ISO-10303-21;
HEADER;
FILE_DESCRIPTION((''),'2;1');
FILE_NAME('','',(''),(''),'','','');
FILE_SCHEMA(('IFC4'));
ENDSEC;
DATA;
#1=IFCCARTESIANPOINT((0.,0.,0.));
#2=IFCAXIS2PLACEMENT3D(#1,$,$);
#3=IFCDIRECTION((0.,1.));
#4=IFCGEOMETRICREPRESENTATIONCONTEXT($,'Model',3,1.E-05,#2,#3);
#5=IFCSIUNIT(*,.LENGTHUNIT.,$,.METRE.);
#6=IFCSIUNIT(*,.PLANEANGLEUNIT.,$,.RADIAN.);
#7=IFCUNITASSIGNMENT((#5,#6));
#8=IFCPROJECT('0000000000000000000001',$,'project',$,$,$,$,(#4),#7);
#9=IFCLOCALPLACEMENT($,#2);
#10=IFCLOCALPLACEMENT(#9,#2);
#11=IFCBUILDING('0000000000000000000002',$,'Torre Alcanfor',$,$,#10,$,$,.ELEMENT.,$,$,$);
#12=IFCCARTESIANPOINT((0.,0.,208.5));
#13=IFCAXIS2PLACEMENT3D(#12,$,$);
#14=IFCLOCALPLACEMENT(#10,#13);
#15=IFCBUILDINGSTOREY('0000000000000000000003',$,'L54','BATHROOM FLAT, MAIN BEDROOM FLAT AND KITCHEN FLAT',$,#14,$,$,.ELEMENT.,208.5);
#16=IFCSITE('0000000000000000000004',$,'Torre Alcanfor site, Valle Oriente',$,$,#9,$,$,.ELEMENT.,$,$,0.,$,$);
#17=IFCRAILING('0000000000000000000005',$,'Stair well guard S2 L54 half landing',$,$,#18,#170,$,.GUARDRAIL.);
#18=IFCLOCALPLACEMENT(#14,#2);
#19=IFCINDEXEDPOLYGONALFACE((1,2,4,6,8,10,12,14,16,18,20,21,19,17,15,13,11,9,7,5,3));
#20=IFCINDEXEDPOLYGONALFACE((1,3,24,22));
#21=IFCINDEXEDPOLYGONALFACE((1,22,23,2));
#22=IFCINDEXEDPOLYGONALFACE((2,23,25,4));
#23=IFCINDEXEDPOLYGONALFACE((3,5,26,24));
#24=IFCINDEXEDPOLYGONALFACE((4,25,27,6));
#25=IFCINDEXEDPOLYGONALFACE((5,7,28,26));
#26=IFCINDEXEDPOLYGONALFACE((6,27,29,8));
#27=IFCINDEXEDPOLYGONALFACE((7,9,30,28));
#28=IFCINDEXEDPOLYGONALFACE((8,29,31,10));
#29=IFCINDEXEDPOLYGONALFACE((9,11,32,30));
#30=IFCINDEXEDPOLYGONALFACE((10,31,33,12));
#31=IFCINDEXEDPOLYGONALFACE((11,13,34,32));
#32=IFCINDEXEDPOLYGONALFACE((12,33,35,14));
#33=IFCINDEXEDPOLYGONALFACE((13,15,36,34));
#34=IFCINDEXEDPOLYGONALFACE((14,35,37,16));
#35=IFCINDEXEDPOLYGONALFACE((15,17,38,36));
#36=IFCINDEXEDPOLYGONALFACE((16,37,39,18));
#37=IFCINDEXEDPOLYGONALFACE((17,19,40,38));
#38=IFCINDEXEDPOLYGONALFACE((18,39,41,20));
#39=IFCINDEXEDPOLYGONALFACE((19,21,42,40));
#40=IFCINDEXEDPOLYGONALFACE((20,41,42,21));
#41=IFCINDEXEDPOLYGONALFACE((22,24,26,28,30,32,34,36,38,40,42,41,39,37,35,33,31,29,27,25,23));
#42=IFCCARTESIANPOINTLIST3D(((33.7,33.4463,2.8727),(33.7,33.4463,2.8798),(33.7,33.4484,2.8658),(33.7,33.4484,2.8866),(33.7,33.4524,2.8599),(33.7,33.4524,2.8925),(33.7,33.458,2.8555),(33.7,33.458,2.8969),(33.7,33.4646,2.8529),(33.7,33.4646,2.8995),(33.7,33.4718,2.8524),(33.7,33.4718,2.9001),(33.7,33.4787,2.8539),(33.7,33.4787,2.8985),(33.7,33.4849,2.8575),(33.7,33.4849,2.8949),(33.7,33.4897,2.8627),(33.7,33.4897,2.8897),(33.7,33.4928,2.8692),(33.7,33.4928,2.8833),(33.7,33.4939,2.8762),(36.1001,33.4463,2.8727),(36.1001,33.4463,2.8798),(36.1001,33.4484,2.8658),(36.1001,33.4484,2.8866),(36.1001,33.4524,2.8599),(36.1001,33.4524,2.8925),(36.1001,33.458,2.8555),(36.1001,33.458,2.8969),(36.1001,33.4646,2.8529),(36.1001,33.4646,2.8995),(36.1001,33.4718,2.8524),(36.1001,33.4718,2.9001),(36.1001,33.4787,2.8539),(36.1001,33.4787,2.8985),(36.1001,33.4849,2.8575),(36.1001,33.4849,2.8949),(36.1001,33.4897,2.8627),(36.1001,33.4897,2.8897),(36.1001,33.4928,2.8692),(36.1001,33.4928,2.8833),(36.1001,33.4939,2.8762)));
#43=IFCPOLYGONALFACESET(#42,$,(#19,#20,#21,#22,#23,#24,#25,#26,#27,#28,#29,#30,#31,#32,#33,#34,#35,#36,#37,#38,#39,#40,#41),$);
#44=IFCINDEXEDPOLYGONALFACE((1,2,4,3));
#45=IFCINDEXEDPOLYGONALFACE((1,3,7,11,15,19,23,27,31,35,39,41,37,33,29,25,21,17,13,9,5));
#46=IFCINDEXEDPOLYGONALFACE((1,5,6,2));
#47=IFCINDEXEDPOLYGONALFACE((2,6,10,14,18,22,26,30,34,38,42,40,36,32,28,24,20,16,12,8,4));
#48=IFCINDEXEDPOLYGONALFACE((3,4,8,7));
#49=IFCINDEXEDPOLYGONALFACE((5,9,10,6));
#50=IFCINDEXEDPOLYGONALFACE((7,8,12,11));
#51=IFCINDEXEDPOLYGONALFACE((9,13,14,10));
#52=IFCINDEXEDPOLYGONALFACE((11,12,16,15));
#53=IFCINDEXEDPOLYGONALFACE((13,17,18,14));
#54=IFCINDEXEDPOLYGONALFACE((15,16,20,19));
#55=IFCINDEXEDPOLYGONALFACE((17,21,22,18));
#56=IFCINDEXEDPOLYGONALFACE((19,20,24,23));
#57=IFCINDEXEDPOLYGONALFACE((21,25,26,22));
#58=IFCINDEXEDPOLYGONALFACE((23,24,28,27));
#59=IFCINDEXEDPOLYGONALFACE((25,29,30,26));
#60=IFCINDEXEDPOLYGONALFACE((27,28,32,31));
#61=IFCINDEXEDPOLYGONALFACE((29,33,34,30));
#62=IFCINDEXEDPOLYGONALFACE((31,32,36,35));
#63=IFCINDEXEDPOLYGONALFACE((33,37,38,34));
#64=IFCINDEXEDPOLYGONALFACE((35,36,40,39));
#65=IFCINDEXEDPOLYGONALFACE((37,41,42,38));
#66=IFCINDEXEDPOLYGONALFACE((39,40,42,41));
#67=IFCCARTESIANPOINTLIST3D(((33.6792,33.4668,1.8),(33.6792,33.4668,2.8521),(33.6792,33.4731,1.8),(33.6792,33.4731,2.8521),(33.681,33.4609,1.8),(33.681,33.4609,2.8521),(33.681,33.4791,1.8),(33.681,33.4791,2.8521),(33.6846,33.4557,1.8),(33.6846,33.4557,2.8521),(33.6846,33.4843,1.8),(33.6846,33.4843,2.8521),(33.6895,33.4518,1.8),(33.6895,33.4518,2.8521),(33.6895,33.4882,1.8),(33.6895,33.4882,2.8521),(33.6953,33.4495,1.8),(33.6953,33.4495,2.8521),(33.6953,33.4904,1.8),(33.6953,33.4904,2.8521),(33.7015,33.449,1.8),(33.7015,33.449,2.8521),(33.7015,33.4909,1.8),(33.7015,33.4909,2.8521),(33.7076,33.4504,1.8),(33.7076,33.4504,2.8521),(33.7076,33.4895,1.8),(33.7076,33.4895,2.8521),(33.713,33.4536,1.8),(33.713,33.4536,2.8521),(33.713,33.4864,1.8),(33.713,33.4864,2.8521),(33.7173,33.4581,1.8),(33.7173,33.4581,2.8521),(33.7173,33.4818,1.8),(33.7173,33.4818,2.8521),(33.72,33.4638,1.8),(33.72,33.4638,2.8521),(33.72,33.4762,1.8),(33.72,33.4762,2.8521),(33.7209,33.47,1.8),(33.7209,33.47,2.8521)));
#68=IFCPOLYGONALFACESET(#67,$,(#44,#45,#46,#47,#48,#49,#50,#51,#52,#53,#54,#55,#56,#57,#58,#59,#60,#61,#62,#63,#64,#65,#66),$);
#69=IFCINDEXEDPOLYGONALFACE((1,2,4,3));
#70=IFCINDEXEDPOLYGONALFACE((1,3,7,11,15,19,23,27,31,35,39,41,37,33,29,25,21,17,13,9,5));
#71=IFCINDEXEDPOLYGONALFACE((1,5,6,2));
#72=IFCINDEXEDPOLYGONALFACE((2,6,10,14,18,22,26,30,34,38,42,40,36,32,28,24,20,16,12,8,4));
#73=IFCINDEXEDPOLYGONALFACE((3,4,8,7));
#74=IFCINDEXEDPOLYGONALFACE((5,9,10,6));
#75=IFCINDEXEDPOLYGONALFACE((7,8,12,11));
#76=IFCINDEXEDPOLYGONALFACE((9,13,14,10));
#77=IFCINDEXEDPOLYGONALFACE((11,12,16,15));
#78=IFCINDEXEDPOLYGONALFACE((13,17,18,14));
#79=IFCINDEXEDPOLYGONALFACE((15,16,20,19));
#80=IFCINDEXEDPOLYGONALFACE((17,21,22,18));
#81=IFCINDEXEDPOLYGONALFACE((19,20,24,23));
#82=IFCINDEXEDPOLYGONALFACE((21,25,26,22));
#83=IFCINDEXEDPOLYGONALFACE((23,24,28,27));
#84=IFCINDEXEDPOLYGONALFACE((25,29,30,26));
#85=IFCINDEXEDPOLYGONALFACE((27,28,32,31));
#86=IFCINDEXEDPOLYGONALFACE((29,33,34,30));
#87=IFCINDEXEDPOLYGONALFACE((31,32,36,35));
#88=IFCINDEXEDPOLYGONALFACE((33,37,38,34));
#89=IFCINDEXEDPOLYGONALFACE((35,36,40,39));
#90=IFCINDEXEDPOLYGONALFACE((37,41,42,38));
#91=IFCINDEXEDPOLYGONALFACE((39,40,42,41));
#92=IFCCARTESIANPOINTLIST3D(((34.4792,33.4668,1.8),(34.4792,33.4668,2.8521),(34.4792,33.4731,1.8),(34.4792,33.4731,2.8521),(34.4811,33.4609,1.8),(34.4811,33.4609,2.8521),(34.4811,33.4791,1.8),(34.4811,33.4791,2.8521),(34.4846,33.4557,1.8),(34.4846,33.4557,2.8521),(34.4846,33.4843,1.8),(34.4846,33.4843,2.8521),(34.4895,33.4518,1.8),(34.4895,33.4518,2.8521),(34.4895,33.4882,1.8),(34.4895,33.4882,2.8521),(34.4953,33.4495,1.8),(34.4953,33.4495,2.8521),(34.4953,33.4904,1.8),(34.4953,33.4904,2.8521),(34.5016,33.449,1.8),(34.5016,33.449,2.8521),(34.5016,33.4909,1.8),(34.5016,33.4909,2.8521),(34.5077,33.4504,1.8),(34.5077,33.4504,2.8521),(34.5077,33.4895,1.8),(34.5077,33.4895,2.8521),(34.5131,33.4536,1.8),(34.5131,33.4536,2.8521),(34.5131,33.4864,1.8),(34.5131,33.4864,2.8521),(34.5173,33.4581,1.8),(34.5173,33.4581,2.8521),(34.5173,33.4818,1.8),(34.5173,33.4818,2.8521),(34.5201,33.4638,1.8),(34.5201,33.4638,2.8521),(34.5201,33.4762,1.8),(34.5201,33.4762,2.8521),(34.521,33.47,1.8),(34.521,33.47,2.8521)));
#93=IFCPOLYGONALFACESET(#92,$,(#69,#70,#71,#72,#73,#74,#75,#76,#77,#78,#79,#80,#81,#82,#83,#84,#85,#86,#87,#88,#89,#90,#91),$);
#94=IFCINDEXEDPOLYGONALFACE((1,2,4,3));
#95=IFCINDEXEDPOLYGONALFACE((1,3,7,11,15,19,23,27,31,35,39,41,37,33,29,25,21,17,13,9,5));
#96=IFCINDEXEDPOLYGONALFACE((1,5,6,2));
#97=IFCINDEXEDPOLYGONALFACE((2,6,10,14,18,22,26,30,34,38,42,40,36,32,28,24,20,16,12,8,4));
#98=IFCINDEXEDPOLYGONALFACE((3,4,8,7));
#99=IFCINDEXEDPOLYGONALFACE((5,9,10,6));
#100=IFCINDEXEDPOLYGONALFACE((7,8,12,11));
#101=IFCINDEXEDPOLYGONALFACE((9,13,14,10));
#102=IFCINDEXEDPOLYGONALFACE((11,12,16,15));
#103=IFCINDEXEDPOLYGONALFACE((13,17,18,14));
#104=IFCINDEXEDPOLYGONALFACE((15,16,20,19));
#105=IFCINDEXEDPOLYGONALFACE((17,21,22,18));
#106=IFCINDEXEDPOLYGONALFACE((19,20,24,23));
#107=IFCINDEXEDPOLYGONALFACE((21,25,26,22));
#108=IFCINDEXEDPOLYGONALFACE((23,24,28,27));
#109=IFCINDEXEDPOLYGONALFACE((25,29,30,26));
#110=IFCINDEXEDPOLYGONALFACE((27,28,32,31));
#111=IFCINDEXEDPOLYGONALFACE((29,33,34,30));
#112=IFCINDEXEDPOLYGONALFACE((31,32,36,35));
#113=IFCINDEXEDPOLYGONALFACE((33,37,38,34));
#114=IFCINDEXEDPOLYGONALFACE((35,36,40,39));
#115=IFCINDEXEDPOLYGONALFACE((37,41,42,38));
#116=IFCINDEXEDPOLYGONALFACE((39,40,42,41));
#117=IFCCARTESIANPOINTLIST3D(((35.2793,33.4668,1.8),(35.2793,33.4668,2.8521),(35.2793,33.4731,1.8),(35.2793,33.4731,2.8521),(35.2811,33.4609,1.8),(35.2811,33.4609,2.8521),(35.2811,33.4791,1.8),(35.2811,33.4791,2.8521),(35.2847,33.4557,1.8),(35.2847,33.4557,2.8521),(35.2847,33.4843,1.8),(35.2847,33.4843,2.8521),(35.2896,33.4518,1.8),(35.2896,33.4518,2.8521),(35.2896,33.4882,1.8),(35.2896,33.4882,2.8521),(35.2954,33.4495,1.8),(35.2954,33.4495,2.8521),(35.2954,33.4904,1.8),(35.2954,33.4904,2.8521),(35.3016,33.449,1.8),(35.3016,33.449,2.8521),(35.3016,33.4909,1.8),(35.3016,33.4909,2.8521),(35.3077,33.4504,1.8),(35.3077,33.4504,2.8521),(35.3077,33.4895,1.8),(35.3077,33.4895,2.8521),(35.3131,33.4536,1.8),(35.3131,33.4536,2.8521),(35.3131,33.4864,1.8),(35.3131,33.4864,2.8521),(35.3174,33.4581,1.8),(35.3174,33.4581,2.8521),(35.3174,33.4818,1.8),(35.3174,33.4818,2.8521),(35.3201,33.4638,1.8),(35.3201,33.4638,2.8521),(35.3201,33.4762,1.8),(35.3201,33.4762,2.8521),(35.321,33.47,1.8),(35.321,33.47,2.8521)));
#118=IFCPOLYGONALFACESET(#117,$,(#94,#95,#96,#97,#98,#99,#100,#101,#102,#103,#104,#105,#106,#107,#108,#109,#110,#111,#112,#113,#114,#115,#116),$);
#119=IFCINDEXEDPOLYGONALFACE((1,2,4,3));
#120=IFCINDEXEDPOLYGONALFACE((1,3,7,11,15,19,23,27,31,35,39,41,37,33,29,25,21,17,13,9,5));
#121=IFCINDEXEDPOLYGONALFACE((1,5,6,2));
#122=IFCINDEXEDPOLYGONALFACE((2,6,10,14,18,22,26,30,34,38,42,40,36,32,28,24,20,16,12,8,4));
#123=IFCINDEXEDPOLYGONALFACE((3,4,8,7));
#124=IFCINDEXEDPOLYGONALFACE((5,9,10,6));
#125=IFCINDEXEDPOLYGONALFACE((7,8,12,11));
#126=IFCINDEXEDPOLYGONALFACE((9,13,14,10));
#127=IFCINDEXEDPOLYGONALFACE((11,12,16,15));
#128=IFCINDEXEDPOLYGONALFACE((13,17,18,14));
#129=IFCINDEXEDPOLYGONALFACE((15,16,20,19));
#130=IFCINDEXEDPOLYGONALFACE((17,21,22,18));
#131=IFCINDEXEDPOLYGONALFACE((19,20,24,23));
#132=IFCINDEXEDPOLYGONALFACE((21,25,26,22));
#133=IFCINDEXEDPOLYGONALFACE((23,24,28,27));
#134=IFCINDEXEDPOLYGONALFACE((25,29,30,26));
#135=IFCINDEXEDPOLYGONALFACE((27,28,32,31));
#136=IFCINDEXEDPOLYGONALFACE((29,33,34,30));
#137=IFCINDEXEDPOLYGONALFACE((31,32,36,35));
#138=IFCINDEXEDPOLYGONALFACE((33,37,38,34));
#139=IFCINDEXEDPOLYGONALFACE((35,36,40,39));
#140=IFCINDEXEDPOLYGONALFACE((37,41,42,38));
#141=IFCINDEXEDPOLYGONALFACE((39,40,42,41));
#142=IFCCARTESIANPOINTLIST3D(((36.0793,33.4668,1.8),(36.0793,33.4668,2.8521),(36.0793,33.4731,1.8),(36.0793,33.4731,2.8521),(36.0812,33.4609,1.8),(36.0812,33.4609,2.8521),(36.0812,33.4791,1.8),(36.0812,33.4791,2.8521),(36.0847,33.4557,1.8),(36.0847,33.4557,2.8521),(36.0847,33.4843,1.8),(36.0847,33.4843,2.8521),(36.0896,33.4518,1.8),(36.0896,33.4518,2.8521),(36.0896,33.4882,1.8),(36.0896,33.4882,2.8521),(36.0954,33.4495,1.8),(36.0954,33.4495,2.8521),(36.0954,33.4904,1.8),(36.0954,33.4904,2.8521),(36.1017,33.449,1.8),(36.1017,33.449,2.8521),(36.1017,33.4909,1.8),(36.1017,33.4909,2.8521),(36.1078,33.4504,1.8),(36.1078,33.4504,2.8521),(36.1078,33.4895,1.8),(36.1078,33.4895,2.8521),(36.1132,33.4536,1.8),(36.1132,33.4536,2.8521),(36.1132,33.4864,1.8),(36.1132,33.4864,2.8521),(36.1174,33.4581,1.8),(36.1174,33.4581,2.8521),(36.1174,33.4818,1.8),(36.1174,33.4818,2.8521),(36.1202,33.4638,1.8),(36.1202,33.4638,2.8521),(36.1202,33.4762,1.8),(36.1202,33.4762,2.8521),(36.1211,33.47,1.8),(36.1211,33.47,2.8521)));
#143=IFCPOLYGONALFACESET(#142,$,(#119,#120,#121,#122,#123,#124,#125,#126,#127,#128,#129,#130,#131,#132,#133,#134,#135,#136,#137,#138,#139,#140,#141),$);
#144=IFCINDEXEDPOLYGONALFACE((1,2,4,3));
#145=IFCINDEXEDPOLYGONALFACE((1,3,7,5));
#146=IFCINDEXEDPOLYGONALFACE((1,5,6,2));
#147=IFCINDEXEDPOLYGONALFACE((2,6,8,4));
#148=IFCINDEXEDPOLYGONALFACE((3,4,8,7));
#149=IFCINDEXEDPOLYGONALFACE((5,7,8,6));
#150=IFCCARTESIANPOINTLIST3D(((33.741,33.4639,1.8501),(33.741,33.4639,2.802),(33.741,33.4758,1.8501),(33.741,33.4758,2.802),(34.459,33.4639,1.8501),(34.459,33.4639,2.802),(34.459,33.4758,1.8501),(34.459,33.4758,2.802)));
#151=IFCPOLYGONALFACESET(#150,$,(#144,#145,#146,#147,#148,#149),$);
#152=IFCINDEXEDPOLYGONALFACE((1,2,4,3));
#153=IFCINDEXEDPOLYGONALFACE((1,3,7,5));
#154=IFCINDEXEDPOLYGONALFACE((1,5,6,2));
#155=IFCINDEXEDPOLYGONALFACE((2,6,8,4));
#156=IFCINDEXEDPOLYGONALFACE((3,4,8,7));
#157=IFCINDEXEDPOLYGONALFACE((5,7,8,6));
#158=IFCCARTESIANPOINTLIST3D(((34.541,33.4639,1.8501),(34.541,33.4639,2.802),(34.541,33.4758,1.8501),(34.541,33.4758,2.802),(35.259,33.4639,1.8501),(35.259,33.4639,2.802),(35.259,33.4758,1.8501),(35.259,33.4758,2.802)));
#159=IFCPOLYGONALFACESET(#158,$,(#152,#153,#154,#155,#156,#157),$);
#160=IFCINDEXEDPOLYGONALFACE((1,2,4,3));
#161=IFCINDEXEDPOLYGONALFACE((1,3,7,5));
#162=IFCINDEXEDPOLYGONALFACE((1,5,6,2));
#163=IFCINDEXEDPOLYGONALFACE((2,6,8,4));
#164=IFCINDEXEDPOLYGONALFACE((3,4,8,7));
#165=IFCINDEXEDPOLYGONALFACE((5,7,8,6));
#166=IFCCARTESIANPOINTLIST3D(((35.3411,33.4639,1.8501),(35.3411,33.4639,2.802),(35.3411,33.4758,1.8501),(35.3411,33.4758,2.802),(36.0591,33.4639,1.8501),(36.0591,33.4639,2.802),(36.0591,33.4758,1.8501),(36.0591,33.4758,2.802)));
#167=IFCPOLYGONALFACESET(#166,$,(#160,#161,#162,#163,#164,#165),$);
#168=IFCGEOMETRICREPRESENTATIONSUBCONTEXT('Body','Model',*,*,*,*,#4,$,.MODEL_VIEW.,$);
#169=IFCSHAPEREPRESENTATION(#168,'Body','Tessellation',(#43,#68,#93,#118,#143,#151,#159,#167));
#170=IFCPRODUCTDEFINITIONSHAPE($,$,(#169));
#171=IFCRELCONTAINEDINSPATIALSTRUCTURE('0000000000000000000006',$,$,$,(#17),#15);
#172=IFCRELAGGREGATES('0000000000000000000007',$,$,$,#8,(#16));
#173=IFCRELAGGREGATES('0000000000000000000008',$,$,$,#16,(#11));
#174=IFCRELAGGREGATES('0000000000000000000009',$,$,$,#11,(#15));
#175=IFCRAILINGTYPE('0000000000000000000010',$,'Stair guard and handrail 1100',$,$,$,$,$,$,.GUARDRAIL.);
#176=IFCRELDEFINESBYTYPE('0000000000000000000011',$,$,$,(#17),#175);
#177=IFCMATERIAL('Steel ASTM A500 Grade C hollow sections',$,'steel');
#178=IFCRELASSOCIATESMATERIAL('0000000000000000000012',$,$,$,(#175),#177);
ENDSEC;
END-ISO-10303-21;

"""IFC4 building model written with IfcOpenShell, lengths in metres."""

from ifc_helpers import new_model, si_unit, direction, frame, origin, origin_2d, place, context, subcontext, project, spatial, polyline, circle, outline, extrude, material, type_object, element, save


model = new_model("IFC4")

# Units and contexts
model_context = context("Model", 3, precision=1e-05, world=origin(), true_north=direction((0.0, 1.0)))
body_context = subcontext(model_context, "Body", "Model", "MODEL_VIEW")
ifc_project = project(units=[si_unit("LENGTHUNIT", "METRE"), si_unit("PLANEANGLEUNIT", "RADIAN")], contexts=[model_context])

# Site, building, storey
site_placement = place(None, origin())
site = spatial("IfcSite", under=ifc_project, at=site_placement, Name="Torre Alcanfor site, Valle Oriente", CompositionType="ELEMENT", RefElevation=0.0)
building_placement = place(site_placement, origin())
building = spatial("IfcBuilding", under=site, at=building_placement, Name="Torre Alcanfor", CompositionType="ELEMENT")
storey_placement = place(building_placement, frame((0.0, 0.0, 208.5)))
storey = spatial("IfcBuildingStorey", under=building, at=storey_placement, Name="L54", Description="BATHROOM FLAT, MAIN BEDROOM FLAT AND KITCHEN FLAT", CompositionType="ELEMENT", Elevation=208.5)

# Railing
ifc_material_1 = material(Name="Steel ASTM A500 Grade C hollow sections", Category="steel")
railing_type_1 = type_object("IfcRailingType", Name="Stair guard and handrail 1100", PredefinedType="GUARDRAIL", material=ifc_material_1)
for number, where, name in (
    (1, (33.7, 33.47, 1.8), "Stair well guard S2 L54 half landing"),
):
    element("IfcRailing", number, at=place(storey_placement, frame(where)), inside=storey, type_object=railing_type_1, Name=name, PredefinedType="GUARDRAIL", context=body_context, shape_type="SweptSolid", body=[
        extrude(circle(Radius=0.0239, at=origin_2d()), frame((0.0, 0.0, 1.0762), z_axis=(1.0, 0.0, 0.0), x_axis=(0.0, 1.0, 0.0)), (0.0, 0.0, 1.0), 2.4001),
        extrude(circle(Radius=0.021, at=origin_2d()), origin(), (0.0, 0.0, 1.0), 1.052),
        extrude(circle(Radius=0.021, at=origin_2d()), frame((0.8, 0.0, 0.0)), (0.0, 0.0, 1.0), 1.052),
        extrude(circle(Radius=0.021, at=origin_2d()), frame((1.6001, 0.0, 0.0)), (0.0, 0.0, 1.0), 1.052),
        extrude(circle(Radius=0.021, at=origin_2d()), frame((2.4001, 0.0, 0.0)), (0.0, 0.0, 1.0), 1.052),
        extrude(outline(polyline([(0.041, 0.05), (0.759, 0.05), (0.759, 1.002), (0.041, 1.002), (0.041, 0.05)])), frame((0.0, 0.0059, 0.0), z_axis=(0.0, -1.0, 0.0), x_axis=(1.0, 0.0, 0.0)), (0.0, 0.0, 1.0), 0.012),
        extrude(outline(polyline([(0.8411, 0.05), (1.5591, 0.05), (1.5591, 1.002), (0.8411, 1.002), (0.8411, 0.05)])), frame((0.0, 0.0059, 0.0), z_axis=(0.0, -1.0, 0.0), x_axis=(1.0, 0.0, 0.0)), (0.0, 0.0, 1.0), 0.012),
        extrude(outline(polyline([(1.6411, 0.05), (2.3591, 0.05), (2.3591, 1.002), (1.6411, 1.002), (1.6411, 0.05)])), frame((0.0, 0.0059, 0.0), z_axis=(0.0, -1.0, 0.0), x_axis=(1.0, 0.0, 0.0)), (0.0, 0.0, 1.0), 0.012),
    ])

save(model, "model.ifc")
